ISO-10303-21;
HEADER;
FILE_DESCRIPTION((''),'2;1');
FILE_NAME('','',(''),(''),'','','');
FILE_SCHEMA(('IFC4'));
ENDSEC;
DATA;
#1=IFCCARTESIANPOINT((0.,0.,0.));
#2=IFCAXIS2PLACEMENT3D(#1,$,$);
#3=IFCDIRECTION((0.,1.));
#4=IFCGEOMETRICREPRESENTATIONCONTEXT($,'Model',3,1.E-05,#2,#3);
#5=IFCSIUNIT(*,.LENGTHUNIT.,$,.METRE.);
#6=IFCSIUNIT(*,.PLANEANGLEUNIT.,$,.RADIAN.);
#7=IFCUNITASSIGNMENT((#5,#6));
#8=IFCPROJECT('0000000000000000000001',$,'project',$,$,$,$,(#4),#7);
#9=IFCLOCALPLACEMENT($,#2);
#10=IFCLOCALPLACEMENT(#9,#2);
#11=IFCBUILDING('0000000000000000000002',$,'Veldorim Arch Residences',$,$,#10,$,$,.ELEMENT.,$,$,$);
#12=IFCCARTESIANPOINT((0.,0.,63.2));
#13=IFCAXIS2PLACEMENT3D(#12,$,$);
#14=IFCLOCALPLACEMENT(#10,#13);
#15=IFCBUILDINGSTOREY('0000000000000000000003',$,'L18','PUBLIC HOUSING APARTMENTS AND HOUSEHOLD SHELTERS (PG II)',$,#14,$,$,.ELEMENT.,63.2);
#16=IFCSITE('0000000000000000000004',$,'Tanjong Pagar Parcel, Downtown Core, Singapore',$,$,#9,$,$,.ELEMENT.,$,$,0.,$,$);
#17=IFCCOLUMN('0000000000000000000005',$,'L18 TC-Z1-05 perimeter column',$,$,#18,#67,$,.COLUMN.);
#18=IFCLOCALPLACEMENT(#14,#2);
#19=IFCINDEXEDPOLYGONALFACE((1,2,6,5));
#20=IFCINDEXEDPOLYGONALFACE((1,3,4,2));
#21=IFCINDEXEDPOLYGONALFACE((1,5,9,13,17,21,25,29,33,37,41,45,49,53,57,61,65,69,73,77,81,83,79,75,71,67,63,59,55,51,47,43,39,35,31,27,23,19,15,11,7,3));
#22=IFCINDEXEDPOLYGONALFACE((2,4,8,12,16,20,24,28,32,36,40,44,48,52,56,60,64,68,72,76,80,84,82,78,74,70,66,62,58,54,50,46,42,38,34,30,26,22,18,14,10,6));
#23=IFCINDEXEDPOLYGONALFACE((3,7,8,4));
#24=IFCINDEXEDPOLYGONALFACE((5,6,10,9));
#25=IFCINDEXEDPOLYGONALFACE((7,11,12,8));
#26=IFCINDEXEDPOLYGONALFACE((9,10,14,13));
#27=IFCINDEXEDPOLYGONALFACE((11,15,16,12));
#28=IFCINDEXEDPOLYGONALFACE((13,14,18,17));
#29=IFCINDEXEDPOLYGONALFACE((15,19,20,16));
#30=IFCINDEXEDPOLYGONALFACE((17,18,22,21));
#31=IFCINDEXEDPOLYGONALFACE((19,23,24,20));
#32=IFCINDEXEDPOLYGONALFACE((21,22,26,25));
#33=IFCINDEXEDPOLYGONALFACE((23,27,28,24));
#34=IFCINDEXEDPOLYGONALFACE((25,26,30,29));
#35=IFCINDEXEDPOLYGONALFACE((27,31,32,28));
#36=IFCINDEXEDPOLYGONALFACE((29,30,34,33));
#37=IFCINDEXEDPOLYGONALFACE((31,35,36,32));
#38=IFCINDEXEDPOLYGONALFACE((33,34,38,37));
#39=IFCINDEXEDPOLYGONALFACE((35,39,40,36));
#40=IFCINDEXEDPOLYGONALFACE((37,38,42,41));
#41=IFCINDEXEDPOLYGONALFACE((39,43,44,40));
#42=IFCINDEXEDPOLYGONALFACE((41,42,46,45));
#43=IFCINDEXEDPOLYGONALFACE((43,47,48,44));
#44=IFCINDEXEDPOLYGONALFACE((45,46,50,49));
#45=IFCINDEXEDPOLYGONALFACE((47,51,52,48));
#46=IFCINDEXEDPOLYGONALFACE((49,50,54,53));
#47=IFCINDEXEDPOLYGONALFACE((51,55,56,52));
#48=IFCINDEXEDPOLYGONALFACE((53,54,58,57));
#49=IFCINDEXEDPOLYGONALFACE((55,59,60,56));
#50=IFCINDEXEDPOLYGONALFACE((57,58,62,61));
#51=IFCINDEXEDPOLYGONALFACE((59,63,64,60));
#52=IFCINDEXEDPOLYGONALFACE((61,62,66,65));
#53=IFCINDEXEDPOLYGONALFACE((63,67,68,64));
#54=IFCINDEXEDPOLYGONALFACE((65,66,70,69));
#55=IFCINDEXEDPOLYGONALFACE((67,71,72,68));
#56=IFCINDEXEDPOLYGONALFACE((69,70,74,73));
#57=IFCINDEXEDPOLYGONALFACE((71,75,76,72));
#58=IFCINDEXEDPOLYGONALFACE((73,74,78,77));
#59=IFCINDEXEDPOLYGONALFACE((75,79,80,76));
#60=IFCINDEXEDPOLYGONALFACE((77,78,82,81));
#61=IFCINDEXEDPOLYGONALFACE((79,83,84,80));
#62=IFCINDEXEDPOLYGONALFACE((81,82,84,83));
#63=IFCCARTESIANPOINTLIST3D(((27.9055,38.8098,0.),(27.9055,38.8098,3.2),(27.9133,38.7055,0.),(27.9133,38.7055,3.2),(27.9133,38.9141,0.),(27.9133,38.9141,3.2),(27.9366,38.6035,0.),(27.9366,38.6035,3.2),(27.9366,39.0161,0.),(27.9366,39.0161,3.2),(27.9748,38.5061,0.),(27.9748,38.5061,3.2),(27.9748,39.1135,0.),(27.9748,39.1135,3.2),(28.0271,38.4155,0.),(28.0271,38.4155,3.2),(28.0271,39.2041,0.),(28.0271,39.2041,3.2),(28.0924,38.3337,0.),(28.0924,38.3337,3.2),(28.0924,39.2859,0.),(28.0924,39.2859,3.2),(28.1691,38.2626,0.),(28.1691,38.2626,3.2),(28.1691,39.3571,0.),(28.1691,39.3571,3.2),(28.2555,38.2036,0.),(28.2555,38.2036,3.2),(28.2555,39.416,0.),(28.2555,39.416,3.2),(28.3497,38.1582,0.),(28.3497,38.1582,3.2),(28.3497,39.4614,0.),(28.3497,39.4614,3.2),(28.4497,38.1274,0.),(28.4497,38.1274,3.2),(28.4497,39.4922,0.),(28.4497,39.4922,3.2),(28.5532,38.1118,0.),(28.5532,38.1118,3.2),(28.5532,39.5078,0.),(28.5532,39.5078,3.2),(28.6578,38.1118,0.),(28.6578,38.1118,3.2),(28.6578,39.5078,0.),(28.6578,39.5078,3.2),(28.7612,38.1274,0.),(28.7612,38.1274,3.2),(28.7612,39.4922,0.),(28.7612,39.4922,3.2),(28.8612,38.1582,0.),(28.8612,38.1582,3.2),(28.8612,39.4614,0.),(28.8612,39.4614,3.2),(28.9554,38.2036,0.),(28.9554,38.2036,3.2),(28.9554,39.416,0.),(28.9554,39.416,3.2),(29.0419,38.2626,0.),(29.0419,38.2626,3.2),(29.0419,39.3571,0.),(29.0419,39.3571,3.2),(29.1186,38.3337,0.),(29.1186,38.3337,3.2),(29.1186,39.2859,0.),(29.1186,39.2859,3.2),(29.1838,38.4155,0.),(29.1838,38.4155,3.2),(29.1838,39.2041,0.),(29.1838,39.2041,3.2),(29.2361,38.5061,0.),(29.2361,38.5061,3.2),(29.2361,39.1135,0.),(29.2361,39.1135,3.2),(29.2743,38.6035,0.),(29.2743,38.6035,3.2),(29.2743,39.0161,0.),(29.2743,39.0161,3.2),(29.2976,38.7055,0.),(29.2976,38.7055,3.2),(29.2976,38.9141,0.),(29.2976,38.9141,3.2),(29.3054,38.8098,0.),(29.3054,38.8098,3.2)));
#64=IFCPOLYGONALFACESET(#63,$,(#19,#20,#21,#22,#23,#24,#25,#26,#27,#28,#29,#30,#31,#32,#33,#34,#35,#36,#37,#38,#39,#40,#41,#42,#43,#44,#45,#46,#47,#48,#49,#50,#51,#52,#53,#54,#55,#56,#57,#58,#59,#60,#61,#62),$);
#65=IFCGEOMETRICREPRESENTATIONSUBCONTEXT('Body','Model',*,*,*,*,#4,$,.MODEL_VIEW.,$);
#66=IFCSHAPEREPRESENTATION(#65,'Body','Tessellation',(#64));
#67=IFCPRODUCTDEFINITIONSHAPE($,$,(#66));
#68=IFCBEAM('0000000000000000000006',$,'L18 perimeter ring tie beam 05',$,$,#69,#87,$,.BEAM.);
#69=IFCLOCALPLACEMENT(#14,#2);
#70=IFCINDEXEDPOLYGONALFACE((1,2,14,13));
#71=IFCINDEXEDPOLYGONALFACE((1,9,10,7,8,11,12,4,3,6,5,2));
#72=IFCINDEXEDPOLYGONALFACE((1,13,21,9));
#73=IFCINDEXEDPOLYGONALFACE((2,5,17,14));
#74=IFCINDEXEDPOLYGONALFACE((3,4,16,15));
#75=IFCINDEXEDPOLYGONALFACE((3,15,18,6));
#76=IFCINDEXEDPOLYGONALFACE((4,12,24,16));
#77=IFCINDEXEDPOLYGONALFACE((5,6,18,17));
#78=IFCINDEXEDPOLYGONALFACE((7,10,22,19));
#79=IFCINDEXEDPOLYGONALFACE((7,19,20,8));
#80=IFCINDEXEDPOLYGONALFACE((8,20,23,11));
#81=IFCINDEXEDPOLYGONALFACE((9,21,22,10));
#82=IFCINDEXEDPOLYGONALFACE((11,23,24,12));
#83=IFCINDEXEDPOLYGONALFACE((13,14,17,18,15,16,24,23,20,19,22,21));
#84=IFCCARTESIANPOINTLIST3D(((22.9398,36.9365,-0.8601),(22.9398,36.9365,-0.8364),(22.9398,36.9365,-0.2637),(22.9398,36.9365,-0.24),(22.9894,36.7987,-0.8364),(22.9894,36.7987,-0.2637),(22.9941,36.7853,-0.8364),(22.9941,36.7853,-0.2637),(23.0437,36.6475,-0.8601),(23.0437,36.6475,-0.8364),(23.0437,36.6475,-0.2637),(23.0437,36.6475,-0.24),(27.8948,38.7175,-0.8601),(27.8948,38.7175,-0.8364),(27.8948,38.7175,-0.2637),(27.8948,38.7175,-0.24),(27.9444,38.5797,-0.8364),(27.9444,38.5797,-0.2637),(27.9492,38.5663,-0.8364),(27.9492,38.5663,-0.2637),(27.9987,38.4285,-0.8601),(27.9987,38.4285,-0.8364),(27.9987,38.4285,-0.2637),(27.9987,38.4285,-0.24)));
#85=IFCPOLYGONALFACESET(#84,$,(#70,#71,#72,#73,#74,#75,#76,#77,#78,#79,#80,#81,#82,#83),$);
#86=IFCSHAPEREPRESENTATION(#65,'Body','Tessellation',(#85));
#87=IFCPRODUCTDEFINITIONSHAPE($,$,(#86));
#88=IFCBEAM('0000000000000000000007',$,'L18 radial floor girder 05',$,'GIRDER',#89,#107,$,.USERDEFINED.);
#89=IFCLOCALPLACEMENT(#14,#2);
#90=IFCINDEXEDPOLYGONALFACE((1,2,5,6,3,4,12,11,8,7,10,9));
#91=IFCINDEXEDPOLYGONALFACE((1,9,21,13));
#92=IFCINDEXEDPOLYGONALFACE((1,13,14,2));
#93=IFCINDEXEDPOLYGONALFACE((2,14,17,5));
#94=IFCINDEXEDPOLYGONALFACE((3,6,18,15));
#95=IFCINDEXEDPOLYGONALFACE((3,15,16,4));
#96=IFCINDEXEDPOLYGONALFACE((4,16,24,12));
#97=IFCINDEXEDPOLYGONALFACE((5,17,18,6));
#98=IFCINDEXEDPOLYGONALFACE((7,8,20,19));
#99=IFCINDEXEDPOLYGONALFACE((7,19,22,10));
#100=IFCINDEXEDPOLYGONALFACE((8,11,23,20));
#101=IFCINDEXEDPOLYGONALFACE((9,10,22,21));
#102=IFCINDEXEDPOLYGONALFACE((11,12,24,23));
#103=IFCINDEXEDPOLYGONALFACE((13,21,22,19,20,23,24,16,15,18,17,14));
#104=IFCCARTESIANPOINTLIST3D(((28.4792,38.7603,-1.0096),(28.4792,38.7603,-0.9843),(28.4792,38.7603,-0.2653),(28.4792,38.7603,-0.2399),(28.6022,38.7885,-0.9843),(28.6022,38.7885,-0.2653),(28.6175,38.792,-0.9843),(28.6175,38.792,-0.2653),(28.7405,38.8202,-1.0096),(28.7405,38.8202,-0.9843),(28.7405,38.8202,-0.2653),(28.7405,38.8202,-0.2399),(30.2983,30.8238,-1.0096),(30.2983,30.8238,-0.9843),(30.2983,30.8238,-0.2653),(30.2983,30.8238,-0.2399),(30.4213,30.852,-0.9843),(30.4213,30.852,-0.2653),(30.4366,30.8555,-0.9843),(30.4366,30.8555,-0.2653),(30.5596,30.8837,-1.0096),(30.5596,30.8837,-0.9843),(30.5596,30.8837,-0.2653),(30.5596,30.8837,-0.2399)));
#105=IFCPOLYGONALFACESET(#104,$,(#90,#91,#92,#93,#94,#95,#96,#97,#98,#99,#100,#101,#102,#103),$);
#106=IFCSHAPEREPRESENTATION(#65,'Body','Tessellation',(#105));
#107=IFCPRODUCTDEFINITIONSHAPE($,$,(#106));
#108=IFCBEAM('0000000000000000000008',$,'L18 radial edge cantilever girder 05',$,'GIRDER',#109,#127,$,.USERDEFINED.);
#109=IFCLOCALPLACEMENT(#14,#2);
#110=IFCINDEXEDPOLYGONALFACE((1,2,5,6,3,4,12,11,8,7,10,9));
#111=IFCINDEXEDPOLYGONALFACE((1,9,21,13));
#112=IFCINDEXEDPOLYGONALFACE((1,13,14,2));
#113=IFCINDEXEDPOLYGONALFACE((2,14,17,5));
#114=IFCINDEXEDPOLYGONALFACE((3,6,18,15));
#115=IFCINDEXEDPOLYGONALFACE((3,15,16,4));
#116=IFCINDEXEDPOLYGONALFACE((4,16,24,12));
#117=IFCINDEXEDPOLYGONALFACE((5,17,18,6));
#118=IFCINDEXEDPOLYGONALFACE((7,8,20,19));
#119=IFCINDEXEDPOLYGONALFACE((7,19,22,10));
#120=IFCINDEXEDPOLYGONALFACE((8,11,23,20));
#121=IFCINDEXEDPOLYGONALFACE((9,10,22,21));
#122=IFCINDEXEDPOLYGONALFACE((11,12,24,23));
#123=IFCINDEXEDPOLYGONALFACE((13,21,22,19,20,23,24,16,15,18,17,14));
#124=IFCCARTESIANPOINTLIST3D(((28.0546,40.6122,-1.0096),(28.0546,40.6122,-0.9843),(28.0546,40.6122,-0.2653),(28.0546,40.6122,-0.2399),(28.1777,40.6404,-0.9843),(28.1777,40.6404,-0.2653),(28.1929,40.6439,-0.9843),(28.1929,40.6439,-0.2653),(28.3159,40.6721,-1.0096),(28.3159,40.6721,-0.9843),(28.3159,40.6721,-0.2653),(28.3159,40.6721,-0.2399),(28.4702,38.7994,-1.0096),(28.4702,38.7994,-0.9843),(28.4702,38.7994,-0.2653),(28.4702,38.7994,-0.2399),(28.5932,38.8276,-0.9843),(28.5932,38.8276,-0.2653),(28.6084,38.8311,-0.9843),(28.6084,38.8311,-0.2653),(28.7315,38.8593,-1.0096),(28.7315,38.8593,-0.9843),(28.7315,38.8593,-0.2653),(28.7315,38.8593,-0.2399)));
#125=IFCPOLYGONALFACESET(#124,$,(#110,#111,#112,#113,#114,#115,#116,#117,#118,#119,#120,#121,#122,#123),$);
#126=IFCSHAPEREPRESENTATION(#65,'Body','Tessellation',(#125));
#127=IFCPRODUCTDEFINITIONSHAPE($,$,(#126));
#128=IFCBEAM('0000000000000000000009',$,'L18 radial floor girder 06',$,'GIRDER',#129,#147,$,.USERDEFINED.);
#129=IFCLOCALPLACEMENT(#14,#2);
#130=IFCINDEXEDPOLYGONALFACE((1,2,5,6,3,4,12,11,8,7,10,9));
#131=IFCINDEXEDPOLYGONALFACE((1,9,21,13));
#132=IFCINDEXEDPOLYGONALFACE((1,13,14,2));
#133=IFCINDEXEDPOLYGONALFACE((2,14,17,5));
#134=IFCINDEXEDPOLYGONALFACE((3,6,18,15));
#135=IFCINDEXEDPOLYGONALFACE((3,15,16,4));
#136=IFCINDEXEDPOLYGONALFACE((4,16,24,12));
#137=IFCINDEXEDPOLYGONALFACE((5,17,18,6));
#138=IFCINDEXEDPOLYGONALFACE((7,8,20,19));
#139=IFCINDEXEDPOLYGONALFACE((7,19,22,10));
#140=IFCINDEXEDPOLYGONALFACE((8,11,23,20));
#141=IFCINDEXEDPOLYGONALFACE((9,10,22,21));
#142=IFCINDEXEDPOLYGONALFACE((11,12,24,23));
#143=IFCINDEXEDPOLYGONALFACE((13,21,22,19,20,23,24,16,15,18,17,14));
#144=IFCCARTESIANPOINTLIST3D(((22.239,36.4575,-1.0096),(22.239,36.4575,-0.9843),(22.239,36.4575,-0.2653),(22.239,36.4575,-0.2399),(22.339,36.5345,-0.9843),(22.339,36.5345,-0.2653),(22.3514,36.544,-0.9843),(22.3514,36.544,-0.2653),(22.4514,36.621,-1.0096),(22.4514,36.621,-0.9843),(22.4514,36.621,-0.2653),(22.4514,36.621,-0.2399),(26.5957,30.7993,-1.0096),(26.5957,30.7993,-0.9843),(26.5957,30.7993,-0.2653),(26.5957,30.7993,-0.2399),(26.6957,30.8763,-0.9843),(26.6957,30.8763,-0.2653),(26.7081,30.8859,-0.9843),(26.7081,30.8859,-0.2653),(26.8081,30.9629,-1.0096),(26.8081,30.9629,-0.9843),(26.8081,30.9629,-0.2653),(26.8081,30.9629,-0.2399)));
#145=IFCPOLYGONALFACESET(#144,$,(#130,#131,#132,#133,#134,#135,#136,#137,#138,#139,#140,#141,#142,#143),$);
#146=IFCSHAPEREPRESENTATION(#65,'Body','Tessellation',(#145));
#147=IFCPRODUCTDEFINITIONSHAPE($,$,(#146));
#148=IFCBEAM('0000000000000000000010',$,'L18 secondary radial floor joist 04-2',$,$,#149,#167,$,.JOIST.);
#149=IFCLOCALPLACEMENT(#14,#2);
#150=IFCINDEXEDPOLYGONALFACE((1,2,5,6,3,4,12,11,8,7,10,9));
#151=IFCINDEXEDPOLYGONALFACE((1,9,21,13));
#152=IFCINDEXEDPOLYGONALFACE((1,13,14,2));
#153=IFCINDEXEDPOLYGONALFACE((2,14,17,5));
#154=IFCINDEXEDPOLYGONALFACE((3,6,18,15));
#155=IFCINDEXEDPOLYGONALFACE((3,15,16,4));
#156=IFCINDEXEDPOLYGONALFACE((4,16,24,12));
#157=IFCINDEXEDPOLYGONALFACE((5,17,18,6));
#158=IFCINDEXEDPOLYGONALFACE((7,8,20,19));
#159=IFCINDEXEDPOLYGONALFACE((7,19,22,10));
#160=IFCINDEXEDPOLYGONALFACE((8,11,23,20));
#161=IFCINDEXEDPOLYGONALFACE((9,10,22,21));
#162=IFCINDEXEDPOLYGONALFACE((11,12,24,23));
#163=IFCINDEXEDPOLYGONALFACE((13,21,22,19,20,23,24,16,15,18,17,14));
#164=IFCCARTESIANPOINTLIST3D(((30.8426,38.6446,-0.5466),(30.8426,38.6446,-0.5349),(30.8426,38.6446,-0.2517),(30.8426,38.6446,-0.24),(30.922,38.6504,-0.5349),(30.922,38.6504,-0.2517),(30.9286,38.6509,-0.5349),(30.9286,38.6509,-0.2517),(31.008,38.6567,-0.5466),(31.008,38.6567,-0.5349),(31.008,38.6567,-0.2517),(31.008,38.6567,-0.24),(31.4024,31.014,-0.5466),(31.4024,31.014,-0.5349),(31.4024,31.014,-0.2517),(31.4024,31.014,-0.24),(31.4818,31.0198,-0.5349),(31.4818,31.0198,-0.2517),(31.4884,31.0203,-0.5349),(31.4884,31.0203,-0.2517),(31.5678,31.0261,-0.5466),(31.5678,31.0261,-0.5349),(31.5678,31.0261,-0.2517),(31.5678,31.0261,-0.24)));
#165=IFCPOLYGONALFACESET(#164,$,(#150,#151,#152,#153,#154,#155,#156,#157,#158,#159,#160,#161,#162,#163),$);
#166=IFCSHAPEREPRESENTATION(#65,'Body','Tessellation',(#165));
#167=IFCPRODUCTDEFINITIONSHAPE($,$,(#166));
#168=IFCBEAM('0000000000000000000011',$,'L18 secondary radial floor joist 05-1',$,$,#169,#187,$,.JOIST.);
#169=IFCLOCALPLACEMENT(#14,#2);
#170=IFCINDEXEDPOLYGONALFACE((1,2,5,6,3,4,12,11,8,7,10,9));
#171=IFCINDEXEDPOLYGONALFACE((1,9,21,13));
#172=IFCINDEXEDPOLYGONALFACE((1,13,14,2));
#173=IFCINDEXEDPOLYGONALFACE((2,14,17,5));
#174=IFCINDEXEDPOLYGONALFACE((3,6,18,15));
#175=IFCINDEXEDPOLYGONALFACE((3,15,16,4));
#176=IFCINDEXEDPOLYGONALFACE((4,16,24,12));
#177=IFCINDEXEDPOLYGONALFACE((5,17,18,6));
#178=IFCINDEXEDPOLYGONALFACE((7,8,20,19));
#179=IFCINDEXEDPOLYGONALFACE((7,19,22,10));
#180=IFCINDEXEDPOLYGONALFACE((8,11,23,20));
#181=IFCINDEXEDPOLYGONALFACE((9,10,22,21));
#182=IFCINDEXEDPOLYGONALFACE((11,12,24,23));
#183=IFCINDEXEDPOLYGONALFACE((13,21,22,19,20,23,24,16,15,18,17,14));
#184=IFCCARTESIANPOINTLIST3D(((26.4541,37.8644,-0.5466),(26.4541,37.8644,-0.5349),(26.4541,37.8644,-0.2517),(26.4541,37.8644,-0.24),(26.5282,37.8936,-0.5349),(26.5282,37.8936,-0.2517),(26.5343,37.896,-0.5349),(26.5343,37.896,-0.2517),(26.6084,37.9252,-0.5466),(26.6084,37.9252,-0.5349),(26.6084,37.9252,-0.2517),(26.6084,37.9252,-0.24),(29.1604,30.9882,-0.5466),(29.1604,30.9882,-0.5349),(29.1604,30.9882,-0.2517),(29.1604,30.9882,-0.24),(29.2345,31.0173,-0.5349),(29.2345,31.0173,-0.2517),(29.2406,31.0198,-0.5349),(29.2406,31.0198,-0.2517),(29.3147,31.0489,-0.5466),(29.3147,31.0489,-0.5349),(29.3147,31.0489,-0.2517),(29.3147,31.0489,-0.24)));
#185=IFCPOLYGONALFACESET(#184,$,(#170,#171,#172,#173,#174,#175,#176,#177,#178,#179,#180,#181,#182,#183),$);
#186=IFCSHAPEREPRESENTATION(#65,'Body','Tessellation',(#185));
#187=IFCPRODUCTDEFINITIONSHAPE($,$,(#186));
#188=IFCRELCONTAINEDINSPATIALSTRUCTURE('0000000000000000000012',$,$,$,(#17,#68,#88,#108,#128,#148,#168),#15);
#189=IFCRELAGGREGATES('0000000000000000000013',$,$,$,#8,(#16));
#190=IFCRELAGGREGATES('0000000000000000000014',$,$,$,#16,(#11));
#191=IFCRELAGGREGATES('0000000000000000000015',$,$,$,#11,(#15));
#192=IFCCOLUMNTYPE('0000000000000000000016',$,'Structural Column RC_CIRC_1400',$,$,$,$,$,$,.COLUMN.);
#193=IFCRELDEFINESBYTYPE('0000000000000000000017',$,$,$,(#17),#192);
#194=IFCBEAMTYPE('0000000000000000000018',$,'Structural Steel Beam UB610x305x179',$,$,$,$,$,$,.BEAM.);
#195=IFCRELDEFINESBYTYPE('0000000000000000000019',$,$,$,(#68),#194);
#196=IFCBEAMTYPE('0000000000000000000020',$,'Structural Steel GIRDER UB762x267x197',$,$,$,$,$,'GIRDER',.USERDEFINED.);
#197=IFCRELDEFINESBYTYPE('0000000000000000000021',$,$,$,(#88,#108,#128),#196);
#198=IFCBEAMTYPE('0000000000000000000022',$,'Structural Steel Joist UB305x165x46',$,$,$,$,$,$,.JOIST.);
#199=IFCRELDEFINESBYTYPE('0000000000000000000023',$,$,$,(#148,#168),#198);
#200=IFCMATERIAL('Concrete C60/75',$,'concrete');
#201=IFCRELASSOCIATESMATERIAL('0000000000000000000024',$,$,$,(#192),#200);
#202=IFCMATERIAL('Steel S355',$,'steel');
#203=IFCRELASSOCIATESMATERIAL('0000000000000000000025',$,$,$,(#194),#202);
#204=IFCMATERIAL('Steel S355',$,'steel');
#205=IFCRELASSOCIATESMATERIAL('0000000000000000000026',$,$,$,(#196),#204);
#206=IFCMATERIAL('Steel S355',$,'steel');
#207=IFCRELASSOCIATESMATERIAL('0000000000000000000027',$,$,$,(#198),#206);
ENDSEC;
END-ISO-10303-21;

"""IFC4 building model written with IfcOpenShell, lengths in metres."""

from ifc_helpers import new_model, si_unit, direction, frame, origin, origin_2d, place, context, subcontext, project, spatial, circle, i_section, extrude, material, material_profile, profile_set, type_object, element, save


model = new_model("IFC4")

# Units and contexts
model_context = context("Model", 3, precision=1e-05, world=origin(), true_north=direction((0.0, 1.0)))
body_context = subcontext(model_context, "Body", "Model", "MODEL_VIEW")
ifc_project = project(units=[si_unit("LENGTHUNIT", "METRE"), si_unit("PLANEANGLEUNIT", "RADIAN")], contexts=[model_context])

# Site, building, storey
site_placement = place(None, origin())
site = spatial("IfcSite", under=ifc_project, at=site_placement, Name="Tanjong Pagar Parcel, Downtown Core, Singapore", CompositionType="ELEMENT", RefElevation=0.0)
building_placement = place(site_placement, origin())
building = spatial("IfcBuilding", under=site, at=building_placement, Name="Veldorim Arch Residences", CompositionType="ELEMENT")
storey_placement = place(building_placement, frame((0.0, 0.0, 63.2)))
storey = spatial("IfcBuildingStorey", under=building, at=storey_placement, Name="L18", Description="PUBLIC HOUSING APARTMENTS AND HOUSEHOLD SHELTERS (PG II)", CompositionType="ELEMENT", Elevation=63.2)

# Column
ifc_material_1 = material(Name="Concrete C60/75", Category="concrete")
ifc_material_profile_1 = material_profile(ifc_material_1, circle(Radius=0.7, at=origin_2d()), Name="RC_CIRC_1400")
ifc_profile_set_1 = profile_set([ifc_material_profile_1], Name="Concrete C60/75")
column_type = type_object("IfcColumnType", Name="Structural Column RC_CIRC_1400", PredefinedType="COLUMN", material=ifc_profile_set_1)
column_placement = place(storey_placement, frame((28.6055, 38.8098, 0.0), z_axis=(0.0, 0.0, 1.0), x_axis=(1.0, 0.0, 0.0)))
element("IfcColumn", 1, at=column_placement, inside=storey, type_object=column_type, Name="L18 TC-Z1-05 perimeter column", PredefinedType="COLUMN", context=body_context, shape_type="SweptSolid", body=[
    extrude(circle(Radius=0.7, at=origin_2d()), origin(), (0.0, 0.0, 1.0), 3.2),
])

# Beams
ifc_material_2 = material(Name="Steel S355", Category="steel")
ifc_material_profile_2 = material_profile(ifc_material_2, i_section(OverallWidth=0.3071, OverallDepth=0.6201, WebThickness=0.0142, FlangeThickness=0.0237, at=origin_2d()), Name="UB610x305x179")
ifc_profile_set_2 = profile_set([ifc_material_profile_2], Name="Steel S355")
beam_type_1 = type_object("IfcBeamType", Name="Structural Steel Beam UB610x305x179", PredefinedType="BEAM", material=ifc_profile_set_2)
beam_1_placement = place(storey_placement, frame((27.9468, 38.573, -0.55), z_axis=(-0.941058, -0.338245, 0.0), x_axis=(0.338245, -0.941058, 0.0)))
element("IfcBeam", 2, at=beam_1_placement, inside=storey, type_object=beam_type_1, Name="L18 perimeter ring tie beam 05", PredefinedType="BEAM", context=body_context, shape_type="SweptSolid", body=[
    extrude(i_section(OverallWidth=0.3071, OverallDepth=0.6201, WebThickness=0.0142, FlangeThickness=0.0237, at=origin_2d()), origin(), (0.0, 0.0, 1.0), 5.2654),
])
ifc_material_3 = material(Name="Steel S355", Category="steel")
ifc_material_profile_3 = material_profile(ifc_material_3, i_section(OverallWidth=0.2681, OverallDepth=0.7698, WebThickness=0.0156, FlangeThickness=0.0254, at=origin_2d()), Name="UB762x267x197")
ifc_profile_set_3 = profile_set([ifc_material_profile_3], Name="Steel S355")
beam_type_2 = type_object("IfcBeamType", Name="Structural Steel GIRDER UB762x267x197", ElementType="GIRDER", PredefinedType="USERDEFINED", material=ifc_profile_set_3)
beam_2_placement = place(storey_placement, frame((30.429, 30.8538, -0.6248), z_axis=(-0.223412, 0.974724, 0.0), x_axis=(-0.974724, -0.223412, 0.0)))
element("IfcBeam", 3, at=beam_2_placement, inside=storey, type_object=beam_type_2, Name="L18 radial floor girder 05", ObjectType="GIRDER", PredefinedType="USERDEFINED", context=body_context, shape_type="SweptSolid", body=[
    extrude(i_section(OverallWidth=0.2681, OverallDepth=0.7698, WebThickness=0.0156, FlangeThickness=0.0254, at=origin_2d()), origin(), (0.0, 0.0, 1.0), 8.1423),
])
beam_3_placement = place(storey_placement, frame((28.6008, 38.8293, -0.6248), z_axis=(-0.223431, 0.97472, 0.0), x_axis=(-0.97472, -0.223431, 0.0)))
element("IfcBeam", 4, at=beam_3_placement, inside=storey, type_object=beam_type_2, Name="L18 radial edge cantilever girder 05", ObjectType="GIRDER", PredefinedType="USERDEFINED", context=body_context, shape_type="SweptSolid", body=[
    extrude(i_section(OverallWidth=0.2681, OverallDepth=0.7698, WebThickness=0.0156, FlangeThickness=0.0254, at=origin_2d()), origin(), (0.0, 0.0, 1.0), 1.8599),
])
beam_4_placement = place(storey_placement, frame((26.7019, 30.8811, -0.6248), z_axis=(-0.610082, 0.792338, 0.0), x_axis=(-0.792338, -0.610082, 0.0)))
element("IfcBeam", 5, at=beam_4_placement, inside=storey, type_object=beam_type_2, Name="L18 radial floor girder 06", ObjectType="GIRDER", PredefinedType="USERDEFINED", context=body_context, shape_type="SweptSolid", body=[
    extrude(i_section(OverallWidth=0.2681, OverallDepth=0.7698, WebThickness=0.0156, FlangeThickness=0.0254, at=origin_2d()), origin(), (0.0, 0.0, 1.0), 7.1411),
])
ifc_material_4 = material(Name="Steel S355", Category="steel")
ifc_material_profile_4 = material_profile(ifc_material_4, i_section(OverallWidth=0.1658, OverallDepth=0.3066, WebThickness=0.0066, FlangeThickness=0.0117, at=origin_2d()), Name="UB305x165x46")
ifc_profile_set_4 = profile_set([ifc_material_profile_4], Name="Steel S355")
beam_type_3 = type_object("IfcBeamType", Name="Structural Steel Joist UB305x165x46", PredefinedType="JOIST", material=ifc_profile_set_4)
beam_5_placement = place(storey_placement, frame((31.4851, 31.02, -0.3933), z_axis=(-0.073168, 0.99732, 0.0), x_axis=(-0.99732, -0.073168, 0.0)))
element("IfcBeam", 6, at=beam_5_placement, inside=storey, type_object=beam_type_3, Name="L18 secondary radial floor joist 04-2", PredefinedType="JOIST", context=body_context, shape_type="SweptSolid", body=[
    extrude(i_section(OverallWidth=0.1658, OverallDepth=0.3066, WebThickness=0.0066, FlangeThickness=0.0117, at=origin_2d()), origin(), (0.0, 0.0, 1.0), 7.6511),
])
beam_6_placement = place(storey_placement, frame((29.2375, 31.0186, -0.3933), z_axis=(-0.36623, 0.930524, 0.0), x_axis=(-0.930524, -0.36623, 0.0)))
element("IfcBeam", 7, at=beam_6_placement, inside=storey, type_object=beam_type_3, Name="L18 secondary radial floor joist 05-1", PredefinedType="JOIST", context=body_context, shape_type="SweptSolid", body=[
    extrude(i_section(OverallWidth=0.1658, OverallDepth=0.3066, WebThickness=0.0066, FlangeThickness=0.0117, at=origin_2d()), origin(), (0.0, 0.0, 1.0), 7.3896),
])

save(model, "model.ifc")
